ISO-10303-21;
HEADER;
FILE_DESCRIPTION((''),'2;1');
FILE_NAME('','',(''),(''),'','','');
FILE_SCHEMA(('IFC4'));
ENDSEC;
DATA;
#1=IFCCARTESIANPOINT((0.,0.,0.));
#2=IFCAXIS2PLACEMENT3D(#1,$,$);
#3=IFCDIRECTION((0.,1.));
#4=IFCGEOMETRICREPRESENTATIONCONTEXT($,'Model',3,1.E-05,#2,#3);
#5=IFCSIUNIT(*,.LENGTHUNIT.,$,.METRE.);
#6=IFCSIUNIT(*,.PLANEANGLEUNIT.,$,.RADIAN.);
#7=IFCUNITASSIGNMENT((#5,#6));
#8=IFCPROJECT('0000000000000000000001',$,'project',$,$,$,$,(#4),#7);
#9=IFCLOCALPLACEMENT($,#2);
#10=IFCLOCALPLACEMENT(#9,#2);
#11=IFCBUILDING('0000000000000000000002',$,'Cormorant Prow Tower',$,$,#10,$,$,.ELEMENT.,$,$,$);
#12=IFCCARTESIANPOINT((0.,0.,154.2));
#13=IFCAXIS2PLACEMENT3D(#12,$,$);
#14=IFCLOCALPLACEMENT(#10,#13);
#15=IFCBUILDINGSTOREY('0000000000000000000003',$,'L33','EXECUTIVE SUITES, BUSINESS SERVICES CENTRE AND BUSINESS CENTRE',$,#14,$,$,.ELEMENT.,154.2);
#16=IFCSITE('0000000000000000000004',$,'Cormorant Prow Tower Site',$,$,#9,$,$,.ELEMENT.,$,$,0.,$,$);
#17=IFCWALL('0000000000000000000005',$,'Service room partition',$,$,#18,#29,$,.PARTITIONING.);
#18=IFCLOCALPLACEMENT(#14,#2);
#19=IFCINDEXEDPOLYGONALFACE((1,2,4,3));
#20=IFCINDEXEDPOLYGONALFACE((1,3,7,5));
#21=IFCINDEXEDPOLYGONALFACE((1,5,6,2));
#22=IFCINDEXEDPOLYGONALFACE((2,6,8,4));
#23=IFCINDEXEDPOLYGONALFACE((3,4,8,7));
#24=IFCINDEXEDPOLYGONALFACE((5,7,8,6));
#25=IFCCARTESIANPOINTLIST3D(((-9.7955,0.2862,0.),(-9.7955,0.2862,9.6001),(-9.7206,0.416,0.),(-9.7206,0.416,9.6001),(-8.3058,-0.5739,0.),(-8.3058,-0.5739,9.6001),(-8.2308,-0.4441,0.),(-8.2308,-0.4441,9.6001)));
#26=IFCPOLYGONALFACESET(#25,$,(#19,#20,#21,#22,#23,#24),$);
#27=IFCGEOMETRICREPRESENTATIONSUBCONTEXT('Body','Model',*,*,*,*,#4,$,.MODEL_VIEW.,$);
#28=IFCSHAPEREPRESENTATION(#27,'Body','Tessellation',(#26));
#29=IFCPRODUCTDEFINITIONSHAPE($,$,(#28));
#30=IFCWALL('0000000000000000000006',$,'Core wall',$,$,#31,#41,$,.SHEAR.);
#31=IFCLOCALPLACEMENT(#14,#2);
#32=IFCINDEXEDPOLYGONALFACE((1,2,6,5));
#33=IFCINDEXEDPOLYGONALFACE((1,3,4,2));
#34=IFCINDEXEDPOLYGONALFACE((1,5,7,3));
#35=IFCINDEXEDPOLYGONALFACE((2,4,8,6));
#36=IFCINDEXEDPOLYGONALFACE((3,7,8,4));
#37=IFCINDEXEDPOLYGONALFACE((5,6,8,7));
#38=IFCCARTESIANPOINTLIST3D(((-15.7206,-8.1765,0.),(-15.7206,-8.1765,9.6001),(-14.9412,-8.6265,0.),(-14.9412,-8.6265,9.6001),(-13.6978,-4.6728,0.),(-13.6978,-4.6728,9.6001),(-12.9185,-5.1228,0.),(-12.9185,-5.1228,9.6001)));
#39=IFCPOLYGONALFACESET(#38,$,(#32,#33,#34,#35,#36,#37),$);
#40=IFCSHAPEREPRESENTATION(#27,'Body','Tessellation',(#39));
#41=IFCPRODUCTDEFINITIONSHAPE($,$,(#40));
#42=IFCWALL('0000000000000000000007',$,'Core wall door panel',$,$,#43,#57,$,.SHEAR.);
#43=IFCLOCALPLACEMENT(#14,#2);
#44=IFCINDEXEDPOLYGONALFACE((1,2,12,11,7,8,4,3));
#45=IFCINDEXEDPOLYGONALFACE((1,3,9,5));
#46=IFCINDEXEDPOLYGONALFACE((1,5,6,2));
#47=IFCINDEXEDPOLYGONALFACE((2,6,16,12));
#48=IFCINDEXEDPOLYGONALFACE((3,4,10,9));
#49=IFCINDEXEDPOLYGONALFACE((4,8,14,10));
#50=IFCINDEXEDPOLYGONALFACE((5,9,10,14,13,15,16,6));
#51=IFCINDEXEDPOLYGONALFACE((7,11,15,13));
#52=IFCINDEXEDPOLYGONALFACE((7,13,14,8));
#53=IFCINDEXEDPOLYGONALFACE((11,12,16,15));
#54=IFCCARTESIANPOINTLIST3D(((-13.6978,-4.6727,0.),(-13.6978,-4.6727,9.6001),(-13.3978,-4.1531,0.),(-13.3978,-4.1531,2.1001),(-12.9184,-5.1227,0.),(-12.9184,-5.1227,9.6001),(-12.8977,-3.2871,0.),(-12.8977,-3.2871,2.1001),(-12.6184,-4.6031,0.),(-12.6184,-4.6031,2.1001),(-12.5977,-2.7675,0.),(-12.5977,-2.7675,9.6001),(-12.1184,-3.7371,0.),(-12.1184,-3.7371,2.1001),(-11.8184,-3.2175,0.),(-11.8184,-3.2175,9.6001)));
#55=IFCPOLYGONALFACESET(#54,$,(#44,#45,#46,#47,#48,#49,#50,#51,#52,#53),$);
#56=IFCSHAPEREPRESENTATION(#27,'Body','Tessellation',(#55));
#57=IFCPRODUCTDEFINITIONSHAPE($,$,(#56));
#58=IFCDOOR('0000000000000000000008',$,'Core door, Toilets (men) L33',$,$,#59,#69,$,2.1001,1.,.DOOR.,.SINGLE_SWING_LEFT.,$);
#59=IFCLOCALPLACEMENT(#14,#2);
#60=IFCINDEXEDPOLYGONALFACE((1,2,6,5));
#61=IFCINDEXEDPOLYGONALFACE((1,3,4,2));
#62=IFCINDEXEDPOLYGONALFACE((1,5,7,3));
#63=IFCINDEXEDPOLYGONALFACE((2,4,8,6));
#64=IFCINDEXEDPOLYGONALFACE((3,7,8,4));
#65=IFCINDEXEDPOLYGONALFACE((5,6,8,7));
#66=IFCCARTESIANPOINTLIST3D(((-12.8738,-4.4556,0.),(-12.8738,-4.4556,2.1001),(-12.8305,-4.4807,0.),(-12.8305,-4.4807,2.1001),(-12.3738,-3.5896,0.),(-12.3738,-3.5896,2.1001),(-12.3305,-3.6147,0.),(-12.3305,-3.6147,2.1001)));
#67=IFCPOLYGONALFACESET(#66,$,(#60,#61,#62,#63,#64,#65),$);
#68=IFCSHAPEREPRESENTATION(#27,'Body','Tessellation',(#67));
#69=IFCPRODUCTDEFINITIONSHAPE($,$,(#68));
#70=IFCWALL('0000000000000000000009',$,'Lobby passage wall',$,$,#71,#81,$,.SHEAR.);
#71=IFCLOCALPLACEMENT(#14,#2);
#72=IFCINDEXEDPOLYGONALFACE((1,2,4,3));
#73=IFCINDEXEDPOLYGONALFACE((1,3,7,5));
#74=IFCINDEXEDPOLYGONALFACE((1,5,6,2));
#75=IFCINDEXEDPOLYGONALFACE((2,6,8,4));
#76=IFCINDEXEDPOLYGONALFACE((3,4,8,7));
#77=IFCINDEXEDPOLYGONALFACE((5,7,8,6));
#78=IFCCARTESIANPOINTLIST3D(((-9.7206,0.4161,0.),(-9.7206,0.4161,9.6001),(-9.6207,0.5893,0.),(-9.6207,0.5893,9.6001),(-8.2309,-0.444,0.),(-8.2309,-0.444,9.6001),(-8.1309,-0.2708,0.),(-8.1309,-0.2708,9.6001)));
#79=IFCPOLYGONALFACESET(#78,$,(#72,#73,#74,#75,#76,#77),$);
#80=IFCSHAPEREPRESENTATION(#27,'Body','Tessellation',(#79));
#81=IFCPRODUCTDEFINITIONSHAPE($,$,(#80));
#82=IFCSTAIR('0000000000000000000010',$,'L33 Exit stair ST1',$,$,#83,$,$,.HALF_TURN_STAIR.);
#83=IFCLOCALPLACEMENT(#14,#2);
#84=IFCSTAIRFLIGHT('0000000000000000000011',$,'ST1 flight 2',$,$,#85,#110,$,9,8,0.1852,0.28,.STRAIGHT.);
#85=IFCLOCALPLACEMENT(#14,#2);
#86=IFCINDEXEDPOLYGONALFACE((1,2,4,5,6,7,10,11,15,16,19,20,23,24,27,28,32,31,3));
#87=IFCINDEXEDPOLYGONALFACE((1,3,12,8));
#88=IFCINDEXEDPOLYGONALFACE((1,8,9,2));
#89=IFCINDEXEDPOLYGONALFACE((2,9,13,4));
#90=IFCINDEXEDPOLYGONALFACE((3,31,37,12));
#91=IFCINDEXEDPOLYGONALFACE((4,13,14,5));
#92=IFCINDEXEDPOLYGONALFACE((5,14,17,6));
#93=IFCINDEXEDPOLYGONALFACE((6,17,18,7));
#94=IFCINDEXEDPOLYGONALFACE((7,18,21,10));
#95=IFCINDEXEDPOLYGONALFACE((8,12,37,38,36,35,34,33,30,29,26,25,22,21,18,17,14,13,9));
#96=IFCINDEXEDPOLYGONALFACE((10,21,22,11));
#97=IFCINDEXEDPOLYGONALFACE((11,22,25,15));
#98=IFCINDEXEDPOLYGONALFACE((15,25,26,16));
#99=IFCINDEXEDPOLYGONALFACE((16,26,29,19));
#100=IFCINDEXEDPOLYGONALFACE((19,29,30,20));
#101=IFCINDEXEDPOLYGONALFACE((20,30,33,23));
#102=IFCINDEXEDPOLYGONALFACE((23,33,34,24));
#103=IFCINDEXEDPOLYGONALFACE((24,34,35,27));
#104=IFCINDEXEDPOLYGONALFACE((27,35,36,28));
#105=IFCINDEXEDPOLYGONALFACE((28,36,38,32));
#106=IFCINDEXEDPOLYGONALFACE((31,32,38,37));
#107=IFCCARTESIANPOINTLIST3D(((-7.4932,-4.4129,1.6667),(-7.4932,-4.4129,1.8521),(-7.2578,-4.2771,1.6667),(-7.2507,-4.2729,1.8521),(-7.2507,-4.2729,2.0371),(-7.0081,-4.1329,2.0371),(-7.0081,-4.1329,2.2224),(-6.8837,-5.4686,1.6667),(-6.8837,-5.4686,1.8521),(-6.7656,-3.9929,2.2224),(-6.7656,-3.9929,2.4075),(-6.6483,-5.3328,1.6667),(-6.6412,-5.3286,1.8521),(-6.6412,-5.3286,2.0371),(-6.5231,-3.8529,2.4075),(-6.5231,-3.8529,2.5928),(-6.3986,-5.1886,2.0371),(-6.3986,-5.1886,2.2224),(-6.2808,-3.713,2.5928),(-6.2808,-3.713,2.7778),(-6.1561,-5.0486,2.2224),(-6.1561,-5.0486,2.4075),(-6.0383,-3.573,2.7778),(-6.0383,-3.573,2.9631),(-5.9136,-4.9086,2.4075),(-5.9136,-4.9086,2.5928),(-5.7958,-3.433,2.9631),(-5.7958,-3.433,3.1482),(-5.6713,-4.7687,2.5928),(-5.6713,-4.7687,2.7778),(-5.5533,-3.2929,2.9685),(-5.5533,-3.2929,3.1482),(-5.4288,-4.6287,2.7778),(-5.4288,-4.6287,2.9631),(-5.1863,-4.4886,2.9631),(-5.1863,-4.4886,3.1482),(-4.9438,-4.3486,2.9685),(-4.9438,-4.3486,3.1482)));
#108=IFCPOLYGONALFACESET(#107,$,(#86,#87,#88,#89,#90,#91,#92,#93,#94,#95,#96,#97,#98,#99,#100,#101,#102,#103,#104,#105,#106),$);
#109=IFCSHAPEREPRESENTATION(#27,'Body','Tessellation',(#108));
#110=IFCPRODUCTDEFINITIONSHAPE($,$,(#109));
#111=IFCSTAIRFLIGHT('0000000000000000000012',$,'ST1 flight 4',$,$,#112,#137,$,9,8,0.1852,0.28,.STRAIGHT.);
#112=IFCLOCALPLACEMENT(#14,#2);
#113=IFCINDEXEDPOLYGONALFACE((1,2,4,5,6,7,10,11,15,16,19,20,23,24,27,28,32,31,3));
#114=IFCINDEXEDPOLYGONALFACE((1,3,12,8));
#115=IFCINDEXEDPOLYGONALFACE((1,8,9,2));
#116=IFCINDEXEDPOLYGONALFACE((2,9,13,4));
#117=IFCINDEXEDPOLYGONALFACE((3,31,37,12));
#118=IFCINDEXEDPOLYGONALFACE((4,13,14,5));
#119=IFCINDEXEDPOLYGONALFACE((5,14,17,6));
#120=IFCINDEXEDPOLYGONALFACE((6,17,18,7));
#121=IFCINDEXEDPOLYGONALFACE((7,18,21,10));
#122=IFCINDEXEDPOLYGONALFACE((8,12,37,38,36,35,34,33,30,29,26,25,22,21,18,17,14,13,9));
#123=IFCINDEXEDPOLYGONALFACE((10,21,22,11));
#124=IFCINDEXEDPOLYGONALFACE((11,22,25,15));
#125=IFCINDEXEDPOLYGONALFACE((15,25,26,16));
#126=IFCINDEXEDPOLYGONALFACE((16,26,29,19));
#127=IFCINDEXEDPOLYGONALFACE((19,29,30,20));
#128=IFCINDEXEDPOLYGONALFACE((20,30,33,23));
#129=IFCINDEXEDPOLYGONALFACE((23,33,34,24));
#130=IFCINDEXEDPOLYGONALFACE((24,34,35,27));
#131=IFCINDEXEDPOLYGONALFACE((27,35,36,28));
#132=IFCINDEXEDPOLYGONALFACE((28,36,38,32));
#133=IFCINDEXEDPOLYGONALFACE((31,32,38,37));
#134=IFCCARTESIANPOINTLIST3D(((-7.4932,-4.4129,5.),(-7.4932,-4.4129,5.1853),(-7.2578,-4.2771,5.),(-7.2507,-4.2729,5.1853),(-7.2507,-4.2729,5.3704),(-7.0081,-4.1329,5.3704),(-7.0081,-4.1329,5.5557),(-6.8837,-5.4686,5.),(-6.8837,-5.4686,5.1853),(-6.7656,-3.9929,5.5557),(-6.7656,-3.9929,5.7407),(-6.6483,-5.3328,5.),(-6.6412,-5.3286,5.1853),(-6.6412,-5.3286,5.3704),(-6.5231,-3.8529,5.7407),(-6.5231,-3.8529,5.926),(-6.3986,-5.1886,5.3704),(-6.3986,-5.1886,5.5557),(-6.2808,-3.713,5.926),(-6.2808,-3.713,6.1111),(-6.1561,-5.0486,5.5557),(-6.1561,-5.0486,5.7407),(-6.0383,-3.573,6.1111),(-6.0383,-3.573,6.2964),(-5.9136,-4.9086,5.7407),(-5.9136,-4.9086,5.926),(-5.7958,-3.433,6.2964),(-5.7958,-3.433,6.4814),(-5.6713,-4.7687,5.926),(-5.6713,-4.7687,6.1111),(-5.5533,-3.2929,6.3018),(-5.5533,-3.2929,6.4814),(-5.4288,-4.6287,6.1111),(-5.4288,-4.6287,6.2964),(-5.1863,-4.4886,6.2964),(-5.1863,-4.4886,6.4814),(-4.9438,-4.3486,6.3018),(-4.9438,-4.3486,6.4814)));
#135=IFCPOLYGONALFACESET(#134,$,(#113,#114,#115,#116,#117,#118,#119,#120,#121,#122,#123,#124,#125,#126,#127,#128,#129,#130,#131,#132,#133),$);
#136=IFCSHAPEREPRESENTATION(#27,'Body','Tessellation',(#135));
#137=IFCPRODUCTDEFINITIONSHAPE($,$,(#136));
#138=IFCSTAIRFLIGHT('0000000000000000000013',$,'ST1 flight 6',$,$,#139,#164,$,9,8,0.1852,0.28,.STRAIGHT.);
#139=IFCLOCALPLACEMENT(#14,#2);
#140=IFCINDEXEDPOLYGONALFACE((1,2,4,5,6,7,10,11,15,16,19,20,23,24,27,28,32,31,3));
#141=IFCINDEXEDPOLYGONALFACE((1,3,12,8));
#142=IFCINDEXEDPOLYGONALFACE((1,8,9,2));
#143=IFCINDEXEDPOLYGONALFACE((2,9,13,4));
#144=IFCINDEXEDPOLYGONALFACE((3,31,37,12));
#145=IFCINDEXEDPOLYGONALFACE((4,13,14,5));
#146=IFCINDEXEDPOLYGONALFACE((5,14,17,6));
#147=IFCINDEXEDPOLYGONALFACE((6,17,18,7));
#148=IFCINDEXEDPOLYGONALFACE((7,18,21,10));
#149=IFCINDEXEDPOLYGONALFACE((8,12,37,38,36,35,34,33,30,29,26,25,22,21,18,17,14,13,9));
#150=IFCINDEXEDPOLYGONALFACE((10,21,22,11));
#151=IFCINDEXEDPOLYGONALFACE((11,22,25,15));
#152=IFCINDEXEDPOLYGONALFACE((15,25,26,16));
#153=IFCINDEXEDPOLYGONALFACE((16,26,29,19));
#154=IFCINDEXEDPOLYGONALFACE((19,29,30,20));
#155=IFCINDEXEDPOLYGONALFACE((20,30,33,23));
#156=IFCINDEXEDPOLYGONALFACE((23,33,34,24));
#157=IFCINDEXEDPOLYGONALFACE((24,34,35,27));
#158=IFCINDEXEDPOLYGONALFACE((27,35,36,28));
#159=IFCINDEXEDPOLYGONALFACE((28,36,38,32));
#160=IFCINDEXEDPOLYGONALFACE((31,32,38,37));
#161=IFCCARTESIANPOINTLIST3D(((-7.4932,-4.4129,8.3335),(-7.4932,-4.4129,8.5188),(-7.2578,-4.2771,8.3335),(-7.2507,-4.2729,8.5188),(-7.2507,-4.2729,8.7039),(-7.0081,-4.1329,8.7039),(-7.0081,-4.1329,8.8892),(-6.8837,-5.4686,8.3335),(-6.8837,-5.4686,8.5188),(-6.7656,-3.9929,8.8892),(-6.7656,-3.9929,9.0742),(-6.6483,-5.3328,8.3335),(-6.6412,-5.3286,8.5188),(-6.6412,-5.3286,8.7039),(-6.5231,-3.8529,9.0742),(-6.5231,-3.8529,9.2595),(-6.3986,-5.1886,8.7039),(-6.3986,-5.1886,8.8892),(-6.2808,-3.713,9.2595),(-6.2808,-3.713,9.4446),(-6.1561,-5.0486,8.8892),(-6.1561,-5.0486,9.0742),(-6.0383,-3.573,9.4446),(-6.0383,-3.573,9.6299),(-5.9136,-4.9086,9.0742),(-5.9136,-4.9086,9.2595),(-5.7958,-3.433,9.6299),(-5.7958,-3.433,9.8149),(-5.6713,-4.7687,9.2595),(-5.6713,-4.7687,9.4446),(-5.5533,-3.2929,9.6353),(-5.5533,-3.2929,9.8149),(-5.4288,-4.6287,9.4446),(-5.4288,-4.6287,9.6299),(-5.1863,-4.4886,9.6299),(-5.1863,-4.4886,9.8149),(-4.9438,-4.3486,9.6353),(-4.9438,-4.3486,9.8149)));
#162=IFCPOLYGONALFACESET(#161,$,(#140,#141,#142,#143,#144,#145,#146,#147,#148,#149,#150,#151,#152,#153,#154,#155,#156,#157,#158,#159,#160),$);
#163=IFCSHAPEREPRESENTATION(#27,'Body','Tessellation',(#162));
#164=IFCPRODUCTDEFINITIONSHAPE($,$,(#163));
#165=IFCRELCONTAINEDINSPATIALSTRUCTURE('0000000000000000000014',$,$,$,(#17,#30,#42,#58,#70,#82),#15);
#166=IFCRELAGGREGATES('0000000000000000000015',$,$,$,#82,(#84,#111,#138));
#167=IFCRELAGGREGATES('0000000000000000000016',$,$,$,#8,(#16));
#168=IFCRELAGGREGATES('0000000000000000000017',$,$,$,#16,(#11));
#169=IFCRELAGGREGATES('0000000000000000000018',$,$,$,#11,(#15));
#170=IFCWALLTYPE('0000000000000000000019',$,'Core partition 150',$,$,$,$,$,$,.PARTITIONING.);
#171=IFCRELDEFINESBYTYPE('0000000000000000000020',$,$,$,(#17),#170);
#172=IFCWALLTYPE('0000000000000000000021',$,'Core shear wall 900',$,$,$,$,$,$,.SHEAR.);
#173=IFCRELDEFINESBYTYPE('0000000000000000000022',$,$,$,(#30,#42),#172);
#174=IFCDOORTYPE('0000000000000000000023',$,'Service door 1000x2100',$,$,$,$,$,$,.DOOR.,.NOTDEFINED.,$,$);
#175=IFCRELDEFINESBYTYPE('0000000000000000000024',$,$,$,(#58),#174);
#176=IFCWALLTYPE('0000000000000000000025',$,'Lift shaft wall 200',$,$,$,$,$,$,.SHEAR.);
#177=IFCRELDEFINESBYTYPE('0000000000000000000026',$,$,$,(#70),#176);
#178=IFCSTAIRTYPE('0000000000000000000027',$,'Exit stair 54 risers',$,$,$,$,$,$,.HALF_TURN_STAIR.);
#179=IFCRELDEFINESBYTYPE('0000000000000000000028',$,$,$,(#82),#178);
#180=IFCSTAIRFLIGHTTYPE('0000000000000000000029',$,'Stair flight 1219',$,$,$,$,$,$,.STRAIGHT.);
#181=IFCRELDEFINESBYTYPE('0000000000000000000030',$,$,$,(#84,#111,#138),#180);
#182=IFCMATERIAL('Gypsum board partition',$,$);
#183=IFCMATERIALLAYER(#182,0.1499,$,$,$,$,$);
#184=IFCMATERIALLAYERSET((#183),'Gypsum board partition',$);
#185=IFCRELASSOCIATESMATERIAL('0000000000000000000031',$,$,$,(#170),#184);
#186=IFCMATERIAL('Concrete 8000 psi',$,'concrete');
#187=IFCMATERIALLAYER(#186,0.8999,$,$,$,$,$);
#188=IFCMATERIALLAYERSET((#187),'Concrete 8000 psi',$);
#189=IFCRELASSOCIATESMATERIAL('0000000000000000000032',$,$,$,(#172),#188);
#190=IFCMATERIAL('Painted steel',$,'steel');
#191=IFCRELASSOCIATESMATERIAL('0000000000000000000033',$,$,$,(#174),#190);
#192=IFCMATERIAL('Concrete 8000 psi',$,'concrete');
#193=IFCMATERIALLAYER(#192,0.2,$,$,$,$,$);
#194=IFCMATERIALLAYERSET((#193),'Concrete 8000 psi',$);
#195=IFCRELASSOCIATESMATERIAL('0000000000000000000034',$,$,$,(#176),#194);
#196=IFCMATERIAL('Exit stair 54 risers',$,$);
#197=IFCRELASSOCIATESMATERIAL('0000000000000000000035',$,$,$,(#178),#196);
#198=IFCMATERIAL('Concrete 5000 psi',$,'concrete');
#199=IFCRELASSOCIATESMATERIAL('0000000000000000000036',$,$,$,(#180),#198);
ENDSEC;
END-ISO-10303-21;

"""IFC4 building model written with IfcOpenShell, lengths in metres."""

from ifc_helpers import new_model, si_unit, direction, frame, frame_2d, origin, place, context, subcontext, project, spatial, polyline, rectangle, outline, extrude, material, layer, layer_set, type_object, element, fill, aggregate, save


model = new_model("IFC4")

# Units and contexts
model_context = context("Model", 3, precision=1e-05, world=origin(), true_north=direction((0.0, 1.0)))
body_context = subcontext(model_context, "Body", "Model", "MODEL_VIEW")
ifc_project = project(units=[si_unit("LENGTHUNIT", "METRE"), si_unit("PLANEANGLEUNIT", "RADIAN")], contexts=[model_context])

# Site, building, storey
site_placement = place(None, origin())
site = spatial("IfcSite", under=ifc_project, at=site_placement, Name="Cormorant Prow Tower Site", CompositionType="ELEMENT", RefElevation=0.0)
building_placement = place(site_placement, origin())
building = spatial("IfcBuilding", under=site, at=building_placement, Name="Cormorant Prow Tower", CompositionType="ELEMENT")
storey_placement = place(building_placement, frame((0.0, 0.0, 154.2)))
storey = spatial("IfcBuildingStorey", under=building, at=storey_placement, Name="L33", Description="EXECUTIVE SUITES, BUSINESS SERVICES CENTRE AND BUSINESS CENTRE", CompositionType="ELEMENT", Elevation=154.2)

# Walls
ifc_material_1 = material(Name="Gypsum board partition")
ifc_layer_1 = layer(ifc_material_1, 0.1499)
ifc_layer_set_1 = layer_set([ifc_layer_1], Name="Gypsum board partition")
wall_type_1 = type_object("IfcWallType", Name="Core partition 150", PredefinedType="PARTITIONING", material=ifc_layer_set_1)
wall_1_placement = place(storey_placement, frame((-8.2683, -0.509, 0.0), z_axis=(0.0, 0.0, 1.0), x_axis=(-0.866025, 0.500001, 0.0)))
element("IfcWall", 1, at=wall_1_placement, inside=storey, type_object=wall_type_1, Name="Service room partition", PredefinedType="PARTITIONING", context=body_context, shape_type="SweptSolid", body=[
    extrude(rectangle(XDim=1.7202, YDim=0.1499, at=frame_2d((0.8601, 0.0))), origin(), (0.0, 0.0, 1.0), 9.6001),
])
ifc_material_2 = material(Name="Concrete 8000 psi", Category="concrete")
ifc_layer_2 = layer(ifc_material_2, 0.8999)
ifc_layer_set_2 = layer_set([ifc_layer_2], Name="Concrete 8000 psi")
wall_type_2 = type_object("IfcWallType", Name="Core shear wall 900", PredefinedType="SHEAR", material=ifc_layer_set_2)
wall_2_placement = place(storey_placement, frame((-13.3081, -4.8977, 0.0), z_axis=(0.0, 0.0, 1.0), x_axis=(-0.499975, -0.86604, 0.0)))
element("IfcWall", 2, at=wall_2_placement, inside=storey, type_object=wall_type_2, Name="Core wall", PredefinedType="SHEAR", context=body_context, shape_type="SweptSolid", body=[
    extrude(rectangle(XDim=4.0457, YDim=0.8999, at=frame_2d((2.0229, 0.0))), origin(), (0.0, 0.0, 1.0), 9.6001),
])

# Wall, opening, door
wall_3_placement = place(storey_placement, frame((-12.208, -2.9924, 0.0), z_axis=(0.0, 0.0, 1.0), x_axis=(-0.50003, -0.866008, 0.0)))
wall_3 = element("IfcWall", 3, at=wall_3_placement, inside=storey, type_object=wall_type_2, Name="Core wall door panel", PredefinedType="SHEAR", context=body_context, shape_type="SweptSolid", body=[
    extrude(rectangle(XDim=2.2, YDim=0.8999, at=frame_2d((1.1001, 0.0))), origin(), (0.0, 0.0, 1.0), 9.6001),
])
opening_placement = place(wall_3_placement, frame((0.6001, 0.0, 0.0)))
opening = element("IfcOpeningElement", 4, at=opening_placement, cuts=wall_3, PredefinedType="OPENING", context=body_context, shape_type="SweptSolid", body=[
    extrude(rectangle(XDim=1.0, YDim=2.1001, at=frame_2d((0.5, 1.05))), frame((0.0, 0.46, 0.0), z_axis=(0.0, -1.0, 0.0), x_axis=(1.0, 0.0, 0.0)), (0.0, 0.0, 1.0), 0.9199),
])
ifc_material_3 = material(Name="Painted steel", Category="steel")
door_type = type_object("IfcDoorType", Name="Service door 1000x2100", OperationType="NOTDEFINED", PredefinedType="DOOR", material=ifc_material_3)
door_placement = place(opening_placement, origin())
door = element("IfcDoor", 5, at=door_placement, inside=storey, type_object=door_type, Name="Core door, Toilets (men) L33", OperationType="SINGLE_SWING_LEFT", OverallHeight=2.1001, OverallWidth=1.0, PredefinedType="DOOR", context=body_context, shape_type="SweptSolid", body=[
    extrude(rectangle(XDim=1.0, YDim=2.1001, at=frame_2d((0.5, 1.05))), frame((0.0, 0.2051, 0.0), z_axis=(0.0, -1.0, 0.0), x_axis=(1.0, 0.0, 0.0)), (0.0, 0.0, 1.0), 0.05),
])
fill(opening, door)

# Wall
ifc_material_4 = material(Name="Concrete 8000 psi", Category="concrete")
ifc_layer_3 = layer(ifc_material_4, 0.2)
ifc_layer_set_3 = layer_set([ifc_layer_3], Name="Concrete 8000 psi")
wall_type_3 = type_object("IfcWallType", Name="Lift shaft wall 200", PredefinedType="SHEAR", material=ifc_layer_set_3)
wall_4_placement = place(storey_placement, frame((-8.1809, -0.3574, 0.0), z_axis=(0.0, 0.0, 1.0), x_axis=(-0.866025, 0.500001, 0.0)))
element("IfcWall", 6, at=wall_4_placement, inside=storey, type_object=wall_type_3, Name="Lobby passage wall", PredefinedType="SHEAR", context=body_context, shape_type="SweptSolid", body=[
    extrude(rectangle(XDim=1.7202, YDim=0.2, at=frame_2d((0.8601, 0.0))), origin(), (0.0, 0.0, 1.0), 9.6001),
])

# Stair, stair flights
ifc_material_5 = material(Name="Exit stair 54 risers")
stair_type = type_object("IfcStairType", Name="Exit stair 54 risers", PredefinedType="HALF_TURN_STAIR", material=ifc_material_5)
stair_placement = place(storey_placement, origin())
stair = element("IfcStair", 7, at=stair_placement, inside=storey, type_object=stair_type, Name="L33 Exit stair ST1", PredefinedType="HALF_TURN_STAIR")
ifc_material_6 = material(Name="Concrete 5000 psi", Category="concrete")
stair_flight_type = type_object("IfcStairFlightType", Name="Stair flight 1219", PredefinedType="STRAIGHT", material=ifc_material_6)
stair_flight_1_placement = place(storey_placement, frame((-7.1885, -4.9407, 1.6667), z_axis=(0.0, 0.0, 1.0), x_axis=(0.866025, 0.5, 0.0)))
stair_flight_1 = element("IfcStairFlight", 8, at=stair_flight_1_placement, type_object=stair_flight_type, Name="ST1 flight 2", NumberOfRisers=9, NumberOfTreads=8, PredefinedType="STRAIGHT", RiserHeight=0.1852, TreadLength=0.28, context=body_context, shape_type="SweptSolid", body=[
    extrude(outline(polyline([(0.0, 0.0), (0.0, 0.1853), (0.28, 0.1853), (0.28, 0.3704), (0.5601, 0.3704), (0.5601, 0.5557), (0.8401, 0.5557), (0.8401, 0.7407), (1.1201, 0.7407), (1.1201, 0.926), (1.3999, 0.926), (1.3999, 1.1111), (1.6799, 1.1111), (1.6799, 1.2964), (1.96, 1.2964), (1.96, 1.4814), (2.24, 1.4814), (2.24, 1.6667), (2.24, 1.3018), (0.2717, 0.0), (0.0, 0.0)])), frame((0.0, 0.6094, 0.0), z_axis=(0.0, -1.0, 0.0), x_axis=(1.0, 0.0, 0.0)), (0.0, 0.0, 1.0), 1.219),
])
stair_flight_2_placement = place(storey_placement, frame((-7.1885, -4.9407, 5.0), z_axis=(0.0, 0.0, 1.0), x_axis=(0.866025, 0.5, 0.0)))
stair_flight_2 = element("IfcStairFlight", 9, at=stair_flight_2_placement, type_object=stair_flight_type, Name="ST1 flight 4", NumberOfRisers=9, NumberOfTreads=8, PredefinedType="STRAIGHT", RiserHeight=0.1852, TreadLength=0.28, context=body_context, shape_type="SweptSolid", body=[
    extrude(outline(polyline([(0.0, 0.0), (0.0, 0.1853), (0.28, 0.1853), (0.28, 0.3704), (0.5601, 0.3704), (0.5601, 0.5557), (0.8401, 0.5557), (0.8401, 0.7407), (1.1201, 0.7407), (1.1201, 0.926), (1.3999, 0.926), (1.3999, 1.1111), (1.6799, 1.1111), (1.6799, 1.2964), (1.96, 1.2964), (1.96, 1.4814), (2.24, 1.4814), (2.24, 1.6667), (2.24, 1.3018), (0.2717, 0.0), (0.0, 0.0)])), frame((0.0, 0.6094, 0.0), z_axis=(0.0, -1.0, 0.0), x_axis=(1.0, 0.0, 0.0)), (0.0, 0.0, 1.0), 1.219),
])
stair_flight_3_placement = place(storey_placement, frame((-7.1885, -4.9407, 8.3335), z_axis=(0.0, 0.0, 1.0), x_axis=(0.866025, 0.5, 0.0)))
stair_flight_3 = element("IfcStairFlight", 10, at=stair_flight_3_placement, type_object=stair_flight_type, Name="ST1 flight 6", NumberOfRisers=9, NumberOfTreads=8, PredefinedType="STRAIGHT", RiserHeight=0.1852, TreadLength=0.28, context=body_context, shape_type="SweptSolid", body=[
    extrude(outline(polyline([(0.0, 0.0), (0.0, 0.1853), (0.28, 0.1853), (0.28, 0.3704), (0.5601, 0.3704), (0.5601, 0.5557), (0.8401, 0.5557), (0.8401, 0.7407), (1.1201, 0.7407), (1.1201, 0.926), (1.3999, 0.926), (1.3999, 1.1111), (1.6799, 1.1111), (1.6799, 1.2964), (1.96, 1.2964), (1.96, 1.4814), (2.24, 1.4814), (2.24, 1.6667), (2.24, 1.3018), (0.2717, 0.0), (0.0, 0.0)])), frame((0.0, 0.6094, 0.0), z_axis=(0.0, -1.0, 0.0), x_axis=(1.0, 0.0, 0.0)), (0.0, 0.0, 1.0), 1.219),
])
aggregate(stair, [stair_flight_1, stair_flight_2, stair_flight_3])

save(model, "model.ifc")
